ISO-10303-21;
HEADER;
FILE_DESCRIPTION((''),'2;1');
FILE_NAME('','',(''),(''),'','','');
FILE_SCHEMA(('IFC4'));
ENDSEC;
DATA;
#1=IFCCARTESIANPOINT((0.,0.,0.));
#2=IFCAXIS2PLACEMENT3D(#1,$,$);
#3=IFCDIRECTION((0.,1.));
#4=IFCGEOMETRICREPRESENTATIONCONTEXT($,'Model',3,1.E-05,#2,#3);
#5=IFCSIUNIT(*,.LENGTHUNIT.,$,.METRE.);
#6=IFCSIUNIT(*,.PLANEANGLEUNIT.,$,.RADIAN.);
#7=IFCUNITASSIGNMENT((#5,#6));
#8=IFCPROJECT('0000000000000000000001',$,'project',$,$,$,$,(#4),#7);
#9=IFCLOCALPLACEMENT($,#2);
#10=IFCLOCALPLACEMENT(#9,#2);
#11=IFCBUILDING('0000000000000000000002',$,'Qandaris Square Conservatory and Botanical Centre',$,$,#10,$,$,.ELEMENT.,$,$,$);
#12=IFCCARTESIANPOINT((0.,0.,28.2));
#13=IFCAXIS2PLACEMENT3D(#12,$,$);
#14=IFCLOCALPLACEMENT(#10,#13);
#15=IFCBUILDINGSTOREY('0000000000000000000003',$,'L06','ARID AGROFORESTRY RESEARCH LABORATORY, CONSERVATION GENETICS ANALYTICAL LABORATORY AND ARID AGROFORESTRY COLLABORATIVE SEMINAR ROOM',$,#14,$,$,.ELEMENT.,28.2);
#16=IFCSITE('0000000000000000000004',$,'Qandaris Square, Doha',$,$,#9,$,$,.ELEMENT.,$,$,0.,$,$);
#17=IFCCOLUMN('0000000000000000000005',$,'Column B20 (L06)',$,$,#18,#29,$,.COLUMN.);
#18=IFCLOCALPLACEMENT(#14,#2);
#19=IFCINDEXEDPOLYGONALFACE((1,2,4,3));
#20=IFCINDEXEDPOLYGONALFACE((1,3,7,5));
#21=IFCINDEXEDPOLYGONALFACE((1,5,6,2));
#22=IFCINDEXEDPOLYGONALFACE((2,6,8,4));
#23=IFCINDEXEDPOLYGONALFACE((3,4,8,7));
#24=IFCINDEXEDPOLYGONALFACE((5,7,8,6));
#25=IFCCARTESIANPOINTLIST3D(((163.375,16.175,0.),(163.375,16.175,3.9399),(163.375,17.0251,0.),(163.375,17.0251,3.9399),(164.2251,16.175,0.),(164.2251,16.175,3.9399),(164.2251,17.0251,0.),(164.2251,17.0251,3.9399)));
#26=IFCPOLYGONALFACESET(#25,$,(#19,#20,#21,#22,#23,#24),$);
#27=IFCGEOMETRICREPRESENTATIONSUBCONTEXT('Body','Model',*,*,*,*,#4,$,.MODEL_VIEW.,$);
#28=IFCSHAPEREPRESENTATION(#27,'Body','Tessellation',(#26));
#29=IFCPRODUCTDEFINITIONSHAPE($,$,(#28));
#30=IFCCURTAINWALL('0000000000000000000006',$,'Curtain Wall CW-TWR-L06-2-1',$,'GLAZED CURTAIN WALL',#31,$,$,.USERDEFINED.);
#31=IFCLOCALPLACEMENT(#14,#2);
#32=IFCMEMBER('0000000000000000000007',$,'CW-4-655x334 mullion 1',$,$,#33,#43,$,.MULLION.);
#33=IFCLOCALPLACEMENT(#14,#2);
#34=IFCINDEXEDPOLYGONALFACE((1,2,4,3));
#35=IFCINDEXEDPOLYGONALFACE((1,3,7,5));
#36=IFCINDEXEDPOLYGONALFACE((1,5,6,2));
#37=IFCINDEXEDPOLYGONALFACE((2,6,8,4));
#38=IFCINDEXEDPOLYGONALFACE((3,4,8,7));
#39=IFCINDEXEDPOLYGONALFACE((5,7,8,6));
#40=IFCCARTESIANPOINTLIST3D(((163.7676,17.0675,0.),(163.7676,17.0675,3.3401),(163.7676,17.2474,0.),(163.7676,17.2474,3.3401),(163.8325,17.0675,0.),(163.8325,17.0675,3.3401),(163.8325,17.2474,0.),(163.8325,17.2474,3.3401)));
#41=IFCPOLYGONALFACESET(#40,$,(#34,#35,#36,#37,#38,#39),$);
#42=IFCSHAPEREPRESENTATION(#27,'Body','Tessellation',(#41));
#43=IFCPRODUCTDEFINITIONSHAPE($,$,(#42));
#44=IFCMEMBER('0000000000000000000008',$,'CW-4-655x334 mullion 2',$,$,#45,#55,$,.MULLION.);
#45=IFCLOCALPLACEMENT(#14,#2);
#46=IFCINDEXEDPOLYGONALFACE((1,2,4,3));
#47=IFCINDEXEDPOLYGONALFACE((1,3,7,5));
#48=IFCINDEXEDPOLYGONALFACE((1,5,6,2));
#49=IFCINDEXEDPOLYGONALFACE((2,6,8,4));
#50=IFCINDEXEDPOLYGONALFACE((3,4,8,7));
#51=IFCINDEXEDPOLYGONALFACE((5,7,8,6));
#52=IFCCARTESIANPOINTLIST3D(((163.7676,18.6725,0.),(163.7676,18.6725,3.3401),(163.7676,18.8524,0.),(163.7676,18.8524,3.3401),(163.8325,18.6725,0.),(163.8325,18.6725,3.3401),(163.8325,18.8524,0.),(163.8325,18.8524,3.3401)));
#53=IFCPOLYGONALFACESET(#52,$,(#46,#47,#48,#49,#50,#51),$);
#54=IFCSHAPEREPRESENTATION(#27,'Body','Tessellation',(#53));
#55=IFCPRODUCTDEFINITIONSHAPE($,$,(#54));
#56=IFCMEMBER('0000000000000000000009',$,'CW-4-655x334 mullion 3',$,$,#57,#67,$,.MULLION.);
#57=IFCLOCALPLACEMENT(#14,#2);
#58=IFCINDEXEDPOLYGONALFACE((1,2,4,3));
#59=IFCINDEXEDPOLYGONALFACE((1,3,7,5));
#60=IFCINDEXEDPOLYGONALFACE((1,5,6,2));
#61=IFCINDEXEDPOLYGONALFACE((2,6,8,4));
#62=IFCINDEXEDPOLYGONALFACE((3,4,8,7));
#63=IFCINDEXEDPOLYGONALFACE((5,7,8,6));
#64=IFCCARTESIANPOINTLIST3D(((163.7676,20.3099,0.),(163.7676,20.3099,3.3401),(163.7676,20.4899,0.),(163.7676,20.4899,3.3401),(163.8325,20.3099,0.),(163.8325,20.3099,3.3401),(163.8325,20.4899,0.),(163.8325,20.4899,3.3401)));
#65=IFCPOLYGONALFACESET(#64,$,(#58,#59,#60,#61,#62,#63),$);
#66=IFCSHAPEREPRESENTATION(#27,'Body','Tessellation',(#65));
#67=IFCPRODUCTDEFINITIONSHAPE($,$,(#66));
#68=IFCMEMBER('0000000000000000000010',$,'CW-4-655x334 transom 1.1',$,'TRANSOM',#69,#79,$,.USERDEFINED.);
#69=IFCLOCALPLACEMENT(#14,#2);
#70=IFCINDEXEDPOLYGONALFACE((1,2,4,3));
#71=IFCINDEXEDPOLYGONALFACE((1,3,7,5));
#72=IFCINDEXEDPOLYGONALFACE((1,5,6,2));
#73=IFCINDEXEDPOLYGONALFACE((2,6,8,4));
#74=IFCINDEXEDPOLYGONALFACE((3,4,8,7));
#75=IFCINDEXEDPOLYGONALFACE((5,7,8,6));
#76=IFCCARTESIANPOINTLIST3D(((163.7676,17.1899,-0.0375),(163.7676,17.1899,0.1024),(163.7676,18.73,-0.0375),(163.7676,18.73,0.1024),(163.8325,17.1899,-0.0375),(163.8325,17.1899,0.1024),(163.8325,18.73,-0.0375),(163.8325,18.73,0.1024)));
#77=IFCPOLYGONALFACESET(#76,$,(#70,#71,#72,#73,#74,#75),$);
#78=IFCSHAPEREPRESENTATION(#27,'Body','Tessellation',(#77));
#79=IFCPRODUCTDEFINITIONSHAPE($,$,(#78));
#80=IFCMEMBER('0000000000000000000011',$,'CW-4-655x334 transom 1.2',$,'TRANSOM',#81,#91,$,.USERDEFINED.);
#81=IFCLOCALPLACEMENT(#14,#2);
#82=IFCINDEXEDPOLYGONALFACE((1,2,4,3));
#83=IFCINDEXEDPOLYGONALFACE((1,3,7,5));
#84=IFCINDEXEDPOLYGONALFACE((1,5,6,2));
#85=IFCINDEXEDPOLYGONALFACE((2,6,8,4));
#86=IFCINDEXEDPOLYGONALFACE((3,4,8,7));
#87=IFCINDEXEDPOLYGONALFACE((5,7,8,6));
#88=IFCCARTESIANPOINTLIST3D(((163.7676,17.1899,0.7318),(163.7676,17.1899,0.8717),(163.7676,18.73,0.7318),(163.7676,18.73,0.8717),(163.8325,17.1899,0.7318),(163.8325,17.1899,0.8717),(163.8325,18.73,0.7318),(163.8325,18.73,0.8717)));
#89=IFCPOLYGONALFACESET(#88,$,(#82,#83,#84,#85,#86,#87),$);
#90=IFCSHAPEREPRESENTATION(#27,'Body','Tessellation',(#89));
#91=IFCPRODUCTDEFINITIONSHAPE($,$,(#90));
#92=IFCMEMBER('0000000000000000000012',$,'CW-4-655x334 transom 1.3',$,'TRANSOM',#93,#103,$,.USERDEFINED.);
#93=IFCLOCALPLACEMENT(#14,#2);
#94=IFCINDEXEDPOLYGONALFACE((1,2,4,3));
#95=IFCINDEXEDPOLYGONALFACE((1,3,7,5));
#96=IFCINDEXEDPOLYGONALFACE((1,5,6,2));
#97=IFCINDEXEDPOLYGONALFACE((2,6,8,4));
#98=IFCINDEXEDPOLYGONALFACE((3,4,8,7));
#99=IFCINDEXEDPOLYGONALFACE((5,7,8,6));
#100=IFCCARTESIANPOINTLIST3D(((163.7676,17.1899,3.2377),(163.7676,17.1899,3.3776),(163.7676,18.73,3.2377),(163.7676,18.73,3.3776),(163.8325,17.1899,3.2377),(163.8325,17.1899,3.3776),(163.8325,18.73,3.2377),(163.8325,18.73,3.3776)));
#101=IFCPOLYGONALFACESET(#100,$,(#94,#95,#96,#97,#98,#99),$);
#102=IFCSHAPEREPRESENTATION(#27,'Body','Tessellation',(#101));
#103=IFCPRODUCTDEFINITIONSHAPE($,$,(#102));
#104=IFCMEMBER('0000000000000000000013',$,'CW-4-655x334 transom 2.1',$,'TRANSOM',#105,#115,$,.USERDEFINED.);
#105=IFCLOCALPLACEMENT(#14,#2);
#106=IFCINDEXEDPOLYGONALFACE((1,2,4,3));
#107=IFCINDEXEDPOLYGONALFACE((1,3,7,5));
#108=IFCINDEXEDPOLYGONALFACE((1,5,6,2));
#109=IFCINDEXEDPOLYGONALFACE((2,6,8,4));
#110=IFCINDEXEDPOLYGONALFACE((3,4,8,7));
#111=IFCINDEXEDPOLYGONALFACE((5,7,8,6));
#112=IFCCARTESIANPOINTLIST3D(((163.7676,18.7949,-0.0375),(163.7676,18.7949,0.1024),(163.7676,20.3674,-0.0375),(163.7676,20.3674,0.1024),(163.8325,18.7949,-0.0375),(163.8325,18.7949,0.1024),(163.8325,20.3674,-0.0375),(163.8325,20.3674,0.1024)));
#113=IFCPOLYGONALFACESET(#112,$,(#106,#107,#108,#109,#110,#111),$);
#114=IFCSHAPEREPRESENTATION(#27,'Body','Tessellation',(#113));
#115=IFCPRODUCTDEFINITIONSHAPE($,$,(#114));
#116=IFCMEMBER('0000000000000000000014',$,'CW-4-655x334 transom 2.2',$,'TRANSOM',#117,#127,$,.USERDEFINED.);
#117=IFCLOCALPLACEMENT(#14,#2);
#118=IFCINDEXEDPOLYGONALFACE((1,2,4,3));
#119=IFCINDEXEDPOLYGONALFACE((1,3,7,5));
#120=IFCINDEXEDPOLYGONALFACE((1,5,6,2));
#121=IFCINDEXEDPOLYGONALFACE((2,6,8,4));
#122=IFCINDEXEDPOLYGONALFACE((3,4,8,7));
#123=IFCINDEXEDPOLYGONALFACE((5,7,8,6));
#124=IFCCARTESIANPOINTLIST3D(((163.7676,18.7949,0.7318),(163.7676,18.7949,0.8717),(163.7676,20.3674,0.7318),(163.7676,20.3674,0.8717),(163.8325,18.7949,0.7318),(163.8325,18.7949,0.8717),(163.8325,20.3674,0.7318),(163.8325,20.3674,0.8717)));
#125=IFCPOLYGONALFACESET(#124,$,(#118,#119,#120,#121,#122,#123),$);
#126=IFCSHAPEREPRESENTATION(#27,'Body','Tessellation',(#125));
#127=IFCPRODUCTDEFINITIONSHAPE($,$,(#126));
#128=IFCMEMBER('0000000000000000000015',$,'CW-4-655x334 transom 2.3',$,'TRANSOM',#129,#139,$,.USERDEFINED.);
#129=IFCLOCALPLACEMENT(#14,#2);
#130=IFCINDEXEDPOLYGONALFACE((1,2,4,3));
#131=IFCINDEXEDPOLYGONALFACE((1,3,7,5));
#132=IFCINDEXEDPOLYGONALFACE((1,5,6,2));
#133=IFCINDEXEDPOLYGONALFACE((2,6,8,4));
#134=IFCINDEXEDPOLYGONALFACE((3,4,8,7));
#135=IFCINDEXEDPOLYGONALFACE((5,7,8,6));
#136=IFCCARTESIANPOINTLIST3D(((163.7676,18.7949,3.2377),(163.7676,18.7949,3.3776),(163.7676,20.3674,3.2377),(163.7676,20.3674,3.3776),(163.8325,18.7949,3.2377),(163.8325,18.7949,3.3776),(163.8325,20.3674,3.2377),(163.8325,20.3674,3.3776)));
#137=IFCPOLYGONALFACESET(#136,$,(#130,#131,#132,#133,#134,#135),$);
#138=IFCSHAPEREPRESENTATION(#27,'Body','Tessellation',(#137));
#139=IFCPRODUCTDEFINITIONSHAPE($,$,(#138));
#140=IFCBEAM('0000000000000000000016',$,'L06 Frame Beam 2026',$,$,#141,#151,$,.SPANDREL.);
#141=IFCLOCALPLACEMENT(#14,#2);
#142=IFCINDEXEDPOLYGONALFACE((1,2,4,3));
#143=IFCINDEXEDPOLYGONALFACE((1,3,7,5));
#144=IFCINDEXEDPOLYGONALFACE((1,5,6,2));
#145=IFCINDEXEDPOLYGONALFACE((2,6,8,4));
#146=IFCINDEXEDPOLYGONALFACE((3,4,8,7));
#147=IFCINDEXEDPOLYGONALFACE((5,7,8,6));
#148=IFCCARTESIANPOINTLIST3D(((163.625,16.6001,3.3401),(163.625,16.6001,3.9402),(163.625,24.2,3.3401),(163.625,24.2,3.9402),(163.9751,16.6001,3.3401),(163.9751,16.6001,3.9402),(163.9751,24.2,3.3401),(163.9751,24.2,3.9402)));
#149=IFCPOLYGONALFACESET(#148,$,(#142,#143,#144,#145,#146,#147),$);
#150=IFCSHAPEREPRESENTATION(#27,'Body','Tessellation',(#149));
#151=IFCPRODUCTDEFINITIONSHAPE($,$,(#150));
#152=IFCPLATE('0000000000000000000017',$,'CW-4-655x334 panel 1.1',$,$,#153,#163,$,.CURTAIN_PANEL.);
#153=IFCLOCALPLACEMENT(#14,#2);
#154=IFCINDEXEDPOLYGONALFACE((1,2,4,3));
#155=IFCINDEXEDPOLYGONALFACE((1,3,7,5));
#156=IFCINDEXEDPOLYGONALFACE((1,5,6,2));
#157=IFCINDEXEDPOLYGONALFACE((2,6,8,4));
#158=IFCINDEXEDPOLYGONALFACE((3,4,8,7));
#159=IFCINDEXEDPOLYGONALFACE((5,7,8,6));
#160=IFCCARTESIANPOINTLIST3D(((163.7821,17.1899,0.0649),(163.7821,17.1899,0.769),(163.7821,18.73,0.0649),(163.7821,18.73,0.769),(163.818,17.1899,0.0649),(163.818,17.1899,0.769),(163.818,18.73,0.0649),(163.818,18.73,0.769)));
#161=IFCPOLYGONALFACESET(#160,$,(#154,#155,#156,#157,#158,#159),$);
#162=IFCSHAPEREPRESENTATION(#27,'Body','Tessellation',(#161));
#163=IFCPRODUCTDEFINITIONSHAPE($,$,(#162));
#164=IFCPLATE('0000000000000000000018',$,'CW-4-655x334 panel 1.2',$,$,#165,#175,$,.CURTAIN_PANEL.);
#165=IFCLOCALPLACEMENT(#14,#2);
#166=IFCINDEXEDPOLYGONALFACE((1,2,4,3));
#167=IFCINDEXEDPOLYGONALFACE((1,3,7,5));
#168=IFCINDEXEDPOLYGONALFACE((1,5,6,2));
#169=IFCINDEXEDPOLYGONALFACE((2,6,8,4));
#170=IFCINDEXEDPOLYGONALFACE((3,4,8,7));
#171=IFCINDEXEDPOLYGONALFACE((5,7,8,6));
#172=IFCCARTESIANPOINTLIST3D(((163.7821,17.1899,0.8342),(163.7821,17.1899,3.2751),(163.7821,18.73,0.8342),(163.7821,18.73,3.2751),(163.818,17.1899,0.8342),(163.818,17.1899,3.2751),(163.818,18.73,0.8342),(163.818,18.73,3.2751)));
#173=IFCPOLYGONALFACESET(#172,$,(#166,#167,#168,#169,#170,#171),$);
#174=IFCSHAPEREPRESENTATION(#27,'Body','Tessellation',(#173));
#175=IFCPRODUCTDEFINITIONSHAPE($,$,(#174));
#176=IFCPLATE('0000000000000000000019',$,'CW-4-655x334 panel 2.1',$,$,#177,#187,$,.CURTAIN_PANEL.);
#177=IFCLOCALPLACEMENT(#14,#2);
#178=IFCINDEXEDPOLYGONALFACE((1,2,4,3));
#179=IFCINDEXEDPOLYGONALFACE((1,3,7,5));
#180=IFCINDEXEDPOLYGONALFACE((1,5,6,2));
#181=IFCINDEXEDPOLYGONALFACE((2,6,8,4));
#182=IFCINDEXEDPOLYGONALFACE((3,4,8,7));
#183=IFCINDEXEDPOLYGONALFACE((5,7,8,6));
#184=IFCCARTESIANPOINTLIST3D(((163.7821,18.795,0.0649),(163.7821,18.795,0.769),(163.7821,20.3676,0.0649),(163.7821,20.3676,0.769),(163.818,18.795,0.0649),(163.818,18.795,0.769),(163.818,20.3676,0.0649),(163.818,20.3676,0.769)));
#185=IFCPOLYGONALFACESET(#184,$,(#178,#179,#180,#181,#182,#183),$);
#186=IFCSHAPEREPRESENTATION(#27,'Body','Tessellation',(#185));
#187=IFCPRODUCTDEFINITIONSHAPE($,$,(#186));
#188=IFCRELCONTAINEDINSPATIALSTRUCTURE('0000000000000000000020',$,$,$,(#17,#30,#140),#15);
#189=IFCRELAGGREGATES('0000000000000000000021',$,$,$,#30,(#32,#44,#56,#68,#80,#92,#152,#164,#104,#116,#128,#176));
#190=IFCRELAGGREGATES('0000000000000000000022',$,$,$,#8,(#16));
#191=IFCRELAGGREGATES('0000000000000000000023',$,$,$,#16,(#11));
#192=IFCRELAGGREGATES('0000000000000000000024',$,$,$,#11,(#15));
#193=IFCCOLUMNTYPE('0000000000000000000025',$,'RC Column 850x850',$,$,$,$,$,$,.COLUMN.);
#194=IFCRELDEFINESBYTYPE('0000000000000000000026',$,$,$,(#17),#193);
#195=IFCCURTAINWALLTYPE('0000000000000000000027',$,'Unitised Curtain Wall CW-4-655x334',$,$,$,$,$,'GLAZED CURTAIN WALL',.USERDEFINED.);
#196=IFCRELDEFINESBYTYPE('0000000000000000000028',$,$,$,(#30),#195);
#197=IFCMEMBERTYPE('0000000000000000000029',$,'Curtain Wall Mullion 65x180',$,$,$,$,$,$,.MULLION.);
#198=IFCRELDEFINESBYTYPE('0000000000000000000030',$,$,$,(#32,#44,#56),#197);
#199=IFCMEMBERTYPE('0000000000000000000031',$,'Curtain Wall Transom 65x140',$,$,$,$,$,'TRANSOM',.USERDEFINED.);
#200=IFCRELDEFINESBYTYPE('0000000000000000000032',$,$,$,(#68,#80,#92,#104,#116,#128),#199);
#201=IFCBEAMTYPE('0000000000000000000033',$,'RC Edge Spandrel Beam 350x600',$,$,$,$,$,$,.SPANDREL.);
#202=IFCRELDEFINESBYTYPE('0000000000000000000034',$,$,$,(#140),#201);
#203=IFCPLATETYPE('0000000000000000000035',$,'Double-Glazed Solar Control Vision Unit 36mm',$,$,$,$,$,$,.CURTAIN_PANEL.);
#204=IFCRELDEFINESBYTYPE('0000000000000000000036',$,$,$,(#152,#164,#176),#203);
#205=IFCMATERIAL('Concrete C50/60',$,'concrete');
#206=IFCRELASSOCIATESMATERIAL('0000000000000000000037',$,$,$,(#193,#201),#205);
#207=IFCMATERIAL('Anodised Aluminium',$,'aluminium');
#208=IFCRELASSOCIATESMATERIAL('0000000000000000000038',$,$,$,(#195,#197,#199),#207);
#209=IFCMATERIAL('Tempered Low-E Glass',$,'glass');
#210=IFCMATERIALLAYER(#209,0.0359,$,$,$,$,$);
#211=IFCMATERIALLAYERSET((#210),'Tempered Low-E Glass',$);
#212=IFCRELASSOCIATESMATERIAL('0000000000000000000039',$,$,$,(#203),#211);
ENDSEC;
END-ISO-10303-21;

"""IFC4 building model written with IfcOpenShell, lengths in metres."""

from ifc_helpers import new_model, si_unit, direction, frame, origin, origin_2d, place, context, subcontext, project, spatial, rectangle, extrude, material, layer, layer_set, material_profile, profile_set, type_object, element, aggregate, save


model = new_model("IFC4")

# Units and contexts
model_context = context("Model", 3, precision=1e-05, world=origin(), true_north=direction((0.0, 1.0)))
body_context = subcontext(model_context, "Body", "Model", "MODEL_VIEW")
ifc_project = project(units=[si_unit("LENGTHUNIT", "METRE"), si_unit("PLANEANGLEUNIT", "RADIAN")], contexts=[model_context])

# Site, building, storey
site_placement = place(None, origin())
site = spatial("IfcSite", under=ifc_project, at=site_placement, Name="Qandaris Square, Doha", CompositionType="ELEMENT", RefElevation=0.0)
building_placement = place(site_placement, origin())
building = spatial("IfcBuilding", under=site, at=building_placement, Name="Qandaris Square Conservatory and Botanical Centre", CompositionType="ELEMENT")
storey_placement = place(building_placement, frame((0.0, 0.0, 28.2)))
storey = spatial("IfcBuildingStorey", under=building, at=storey_placement, Name="L06", Description="ARID AGROFORESTRY RESEARCH LABORATORY, CONSERVATION GENETICS ANALYTICAL LABORATORY AND ARID AGROFORESTRY COLLABORATIVE SEMINAR ROOM", CompositionType="ELEMENT", Elevation=28.2)

# Column
ifc_material_1 = material(Name="Concrete C50/60", Category="concrete")
ifc_material_profile_1 = material_profile(ifc_material_1, rectangle(XDim=0.8501, YDim=0.8501, at=origin_2d()), Name="RC-COL 850x850")
ifc_profile_set_1 = profile_set([ifc_material_profile_1], Name="Concrete C50/60")
column_type = type_object("IfcColumnType", Name="RC Column 850x850", PredefinedType="COLUMN", material=ifc_profile_set_1)
column_placement = place(storey_placement, frame((163.8, 16.6001, 0.0), z_axis=(0.0, 0.0, 1.0), x_axis=(1.0, 0.0, 0.0)))
element("IfcColumn", 1, at=column_placement, inside=storey, type_object=column_type, Name="Column B20 (L06)", PredefinedType="COLUMN", context=body_context, shape_type="SweptSolid", body=[
    extrude(rectangle(XDim=0.8501, YDim=0.8501, at=origin_2d()), origin(), (0.0, 0.0, 1.0), 3.9399),
])

# Curtain wall, members
ifc_material_2 = material(Name="Anodised Aluminium", Category="aluminium")
curtain_wall_type = type_object("IfcCurtainWallType", Name="Unitised Curtain Wall CW-4-655x334", ElementType="GLAZED CURTAIN WALL", PredefinedType="USERDEFINED", material=ifc_material_2)
curtain_wall_placement = place(storey_placement, origin())
curtain_wall = element("IfcCurtainWall", 2, at=curtain_wall_placement, inside=storey, type_object=curtain_wall_type, Name="Curtain Wall CW-TWR-L06-2-1", ObjectType="GLAZED CURTAIN WALL", PredefinedType="USERDEFINED")
ifc_material_profile_2 = material_profile(ifc_material_2, rectangle(XDim=0.0649, YDim=0.1799, at=origin_2d()), Name="ALU-MUL 65x180")
ifc_profile_set_2 = profile_set([ifc_material_profile_2], Name="Anodised Aluminium")
member_type_1 = type_object("IfcMemberType", Name="Curtain Wall Mullion 65x180", PredefinedType="MULLION", material=ifc_profile_set_2)
member_1_placement = place(storey_placement, frame((163.8, 17.1575, 0.0), z_axis=(0.0, 0.0, 1.0), x_axis=(-1.0, 0.0, 0.0)))
member_1 = element("IfcMember", 3, at=member_1_placement, type_object=member_type_1, Name="CW-4-655x334 mullion 1", PredefinedType="MULLION", context=body_context, shape_type="SweptSolid", body=[
    extrude(rectangle(XDim=0.0649, YDim=0.1799, at=origin_2d()), origin(), (0.0, 0.0, 1.0), 3.3401),
])
member_2_placement = place(storey_placement, frame((163.8, 18.7625, 0.0), z_axis=(0.0, 0.0, 1.0), x_axis=(-1.0, 0.0, 0.0)))
member_2 = element("IfcMember", 4, at=member_2_placement, type_object=member_type_1, Name="CW-4-655x334 mullion 2", PredefinedType="MULLION", context=body_context, shape_type="SweptSolid", body=[
    extrude(rectangle(XDim=0.0649, YDim=0.1799, at=origin_2d()), origin(), (0.0, 0.0, 1.0), 3.3401),
])
member_3_placement = place(storey_placement, frame((163.8, 20.3999, 0.0), z_axis=(0.0, 0.0, 1.0), x_axis=(-1.0, 0.0, 0.0)))
member_3 = element("IfcMember", 5, at=member_3_placement, type_object=member_type_1, Name="CW-4-655x334 mullion 3", PredefinedType="MULLION", context=body_context, shape_type="SweptSolid", body=[
    extrude(rectangle(XDim=0.0649, YDim=0.1799, at=origin_2d()), origin(), (0.0, 0.0, 1.0), 3.3401),
])
ifc_material_profile_3 = material_profile(ifc_material_2, rectangle(XDim=0.0649, YDim=0.1399, at=origin_2d()), Name="ALU-TRN 65x140")
ifc_profile_set_3 = profile_set([ifc_material_profile_3], Name="Anodised Aluminium")
member_type_2 = type_object("IfcMemberType", Name="Curtain Wall Transom 65x140", ElementType="TRANSOM", PredefinedType="USERDEFINED", material=ifc_profile_set_3)
member_4_placement = place(storey_placement, frame((163.8, 17.1899, 0.0325), z_axis=(0.0, 1.0, 0.0), x_axis=(-1.0, 0.0, 0.0)))
member_4 = element("IfcMember", 6, at=member_4_placement, type_object=member_type_2, Name="CW-4-655x334 transom 1.1", ObjectType="TRANSOM", PredefinedType="USERDEFINED", context=body_context, shape_type="SweptSolid", body=[
    extrude(rectangle(XDim=0.0649, YDim=0.1399, at=origin_2d()), origin(), (0.0, 0.0, 1.0), 1.54),
])
member_5_placement = place(storey_placement, frame((163.8, 17.1899, 0.8018), z_axis=(0.0, 1.0, 0.0), x_axis=(-1.0, 0.0, 0.0)))
member_5 = element("IfcMember", 7, at=member_5_placement, type_object=member_type_2, Name="CW-4-655x334 transom 1.2", ObjectType="TRANSOM", PredefinedType="USERDEFINED", context=body_context, shape_type="SweptSolid", body=[
    extrude(rectangle(XDim=0.0649, YDim=0.1399, at=origin_2d()), origin(), (0.0, 0.0, 1.0), 1.54),
])
member_6_placement = place(storey_placement, frame((163.8, 17.1899, 3.3076), z_axis=(0.0, 1.0, 0.0), x_axis=(-1.0, 0.0, 0.0)))
member_6 = element("IfcMember", 8, at=member_6_placement, type_object=member_type_2, Name="CW-4-655x334 transom 1.3", ObjectType="TRANSOM", PredefinedType="USERDEFINED", context=body_context, shape_type="SweptSolid", body=[
    extrude(rectangle(XDim=0.0649, YDim=0.1399, at=origin_2d()), origin(), (0.0, 0.0, 1.0), 1.54),
])
member_7_placement = place(storey_placement, frame((163.8, 18.7949, 0.0325), z_axis=(0.0, 1.0, 0.0), x_axis=(-1.0, 0.0, 0.0)))
member_7 = element("IfcMember", 9, at=member_7_placement, type_object=member_type_2, Name="CW-4-655x334 transom 2.1", ObjectType="TRANSOM", PredefinedType="USERDEFINED", context=body_context, shape_type="SweptSolid", body=[
    extrude(rectangle(XDim=0.0649, YDim=0.1399, at=origin_2d()), origin(), (0.0, 0.0, 1.0), 1.5725),
])
member_8_placement = place(storey_placement, frame((163.8, 18.7949, 0.8018), z_axis=(0.0, 1.0, 0.0), x_axis=(-1.0, 0.0, 0.0)))
member_8 = element("IfcMember", 10, at=member_8_placement, type_object=member_type_2, Name="CW-4-655x334 transom 2.2", ObjectType="TRANSOM", PredefinedType="USERDEFINED", context=body_context, shape_type="SweptSolid", body=[
    extrude(rectangle(XDim=0.0649, YDim=0.1399, at=origin_2d()), origin(), (0.0, 0.0, 1.0), 1.5725),
])
member_9_placement = place(storey_placement, frame((163.8, 18.7949, 3.3076), z_axis=(0.0, 1.0, 0.0), x_axis=(-1.0, 0.0, 0.0)))
member_9 = element("IfcMember", 11, at=member_9_placement, type_object=member_type_2, Name="CW-4-655x334 transom 2.3", ObjectType="TRANSOM", PredefinedType="USERDEFINED", context=body_context, shape_type="SweptSolid", body=[
    extrude(rectangle(XDim=0.0649, YDim=0.1399, at=origin_2d()), origin(), (0.0, 0.0, 1.0), 1.5725),
])

# Beam
ifc_material_profile_4 = material_profile(ifc_material_1, rectangle(XDim=0.3501, YDim=0.6001, at=origin_2d()), Name="RC-SP 350x600")
ifc_profile_set_4 = profile_set([ifc_material_profile_4], Name="Concrete C50/60")
beam_type = type_object("IfcBeamType", Name="RC Edge Spandrel Beam 350x600", PredefinedType="SPANDREL", material=ifc_profile_set_4)
beam_placement = place(storey_placement, frame((163.8, 16.6001, 3.6401), z_axis=(0.0, 1.0, 0.0), x_axis=(-1.0, 0.0, 0.0)))
element("IfcBeam", 12, at=beam_placement, inside=storey, type_object=beam_type, Name="L06 Frame Beam 2026", PredefinedType="SPANDREL", context=body_context, shape_type="SweptSolid", body=[
    extrude(rectangle(XDim=0.3501, YDim=0.6001, at=origin_2d()), origin(), (0.0, 0.0, 1.0), 7.5999),
])

# Plates
ifc_material_3 = material(Name="Tempered Low-E Glass", Category="glass")
ifc_layer_1 = layer(ifc_material_3, 0.0359)
ifc_layer_set_1 = layer_set([ifc_layer_1], Name="Tempered Low-E Glass")
plate_type = type_object("IfcPlateType", Name="Double-Glazed Solar Control Vision Unit 36mm", PredefinedType="CURTAIN_PANEL", material=ifc_layer_set_1)
plate_1_placement = place(storey_placement, frame((163.8, 17.96, 0.0649), z_axis=(0.0, 0.0, 1.0), x_axis=(0.0, 1.0, 0.0)))
plate_1 = element("IfcPlate", 13, at=plate_1_placement, type_object=plate_type, Name="CW-4-655x334 panel 1.1", PredefinedType="CURTAIN_PANEL", context=body_context, shape_type="SweptSolid", body=[
    extrude(rectangle(XDim=1.54, YDim=0.0359, at=origin_2d()), origin(), (0.0, 0.0, 1.0), 0.7041),
])
plate_2_placement = place(storey_placement, frame((163.8, 17.96, 0.8342), z_axis=(0.0, 0.0, 1.0), x_axis=(0.0, 1.0, 0.0)))
plate_2 = element("IfcPlate", 14, at=plate_2_placement, type_object=plate_type, Name="CW-4-655x334 panel 1.2", PredefinedType="CURTAIN_PANEL", context=body_context, shape_type="SweptSolid", body=[
    extrude(rectangle(XDim=1.54, YDim=0.0359, at=origin_2d()), origin(), (0.0, 0.0, 1.0), 2.4409),
])
plate_3_placement = place(storey_placement, frame((163.8, 19.5813, 0.0649), z_axis=(0.0, 0.0, 1.0), x_axis=(0.0, 1.0, 0.0)))
plate_3 = element("IfcPlate", 15, at=plate_3_placement, type_object=plate_type, Name="CW-4-655x334 panel 2.1", PredefinedType="CURTAIN_PANEL", context=body_context, shape_type="SweptSolid", body=[
    extrude(rectangle(XDim=1.5725, YDim=0.0359, at=origin_2d()), origin(), (0.0, 0.0, 1.0), 0.7041),
])
aggregate(curtain_wall, [member_1, member_2, member_3, member_4, member_5, member_6, plate_1, plate_2, member_7, member_8, member_9, plate_3])

save(model, "model.ifc")
